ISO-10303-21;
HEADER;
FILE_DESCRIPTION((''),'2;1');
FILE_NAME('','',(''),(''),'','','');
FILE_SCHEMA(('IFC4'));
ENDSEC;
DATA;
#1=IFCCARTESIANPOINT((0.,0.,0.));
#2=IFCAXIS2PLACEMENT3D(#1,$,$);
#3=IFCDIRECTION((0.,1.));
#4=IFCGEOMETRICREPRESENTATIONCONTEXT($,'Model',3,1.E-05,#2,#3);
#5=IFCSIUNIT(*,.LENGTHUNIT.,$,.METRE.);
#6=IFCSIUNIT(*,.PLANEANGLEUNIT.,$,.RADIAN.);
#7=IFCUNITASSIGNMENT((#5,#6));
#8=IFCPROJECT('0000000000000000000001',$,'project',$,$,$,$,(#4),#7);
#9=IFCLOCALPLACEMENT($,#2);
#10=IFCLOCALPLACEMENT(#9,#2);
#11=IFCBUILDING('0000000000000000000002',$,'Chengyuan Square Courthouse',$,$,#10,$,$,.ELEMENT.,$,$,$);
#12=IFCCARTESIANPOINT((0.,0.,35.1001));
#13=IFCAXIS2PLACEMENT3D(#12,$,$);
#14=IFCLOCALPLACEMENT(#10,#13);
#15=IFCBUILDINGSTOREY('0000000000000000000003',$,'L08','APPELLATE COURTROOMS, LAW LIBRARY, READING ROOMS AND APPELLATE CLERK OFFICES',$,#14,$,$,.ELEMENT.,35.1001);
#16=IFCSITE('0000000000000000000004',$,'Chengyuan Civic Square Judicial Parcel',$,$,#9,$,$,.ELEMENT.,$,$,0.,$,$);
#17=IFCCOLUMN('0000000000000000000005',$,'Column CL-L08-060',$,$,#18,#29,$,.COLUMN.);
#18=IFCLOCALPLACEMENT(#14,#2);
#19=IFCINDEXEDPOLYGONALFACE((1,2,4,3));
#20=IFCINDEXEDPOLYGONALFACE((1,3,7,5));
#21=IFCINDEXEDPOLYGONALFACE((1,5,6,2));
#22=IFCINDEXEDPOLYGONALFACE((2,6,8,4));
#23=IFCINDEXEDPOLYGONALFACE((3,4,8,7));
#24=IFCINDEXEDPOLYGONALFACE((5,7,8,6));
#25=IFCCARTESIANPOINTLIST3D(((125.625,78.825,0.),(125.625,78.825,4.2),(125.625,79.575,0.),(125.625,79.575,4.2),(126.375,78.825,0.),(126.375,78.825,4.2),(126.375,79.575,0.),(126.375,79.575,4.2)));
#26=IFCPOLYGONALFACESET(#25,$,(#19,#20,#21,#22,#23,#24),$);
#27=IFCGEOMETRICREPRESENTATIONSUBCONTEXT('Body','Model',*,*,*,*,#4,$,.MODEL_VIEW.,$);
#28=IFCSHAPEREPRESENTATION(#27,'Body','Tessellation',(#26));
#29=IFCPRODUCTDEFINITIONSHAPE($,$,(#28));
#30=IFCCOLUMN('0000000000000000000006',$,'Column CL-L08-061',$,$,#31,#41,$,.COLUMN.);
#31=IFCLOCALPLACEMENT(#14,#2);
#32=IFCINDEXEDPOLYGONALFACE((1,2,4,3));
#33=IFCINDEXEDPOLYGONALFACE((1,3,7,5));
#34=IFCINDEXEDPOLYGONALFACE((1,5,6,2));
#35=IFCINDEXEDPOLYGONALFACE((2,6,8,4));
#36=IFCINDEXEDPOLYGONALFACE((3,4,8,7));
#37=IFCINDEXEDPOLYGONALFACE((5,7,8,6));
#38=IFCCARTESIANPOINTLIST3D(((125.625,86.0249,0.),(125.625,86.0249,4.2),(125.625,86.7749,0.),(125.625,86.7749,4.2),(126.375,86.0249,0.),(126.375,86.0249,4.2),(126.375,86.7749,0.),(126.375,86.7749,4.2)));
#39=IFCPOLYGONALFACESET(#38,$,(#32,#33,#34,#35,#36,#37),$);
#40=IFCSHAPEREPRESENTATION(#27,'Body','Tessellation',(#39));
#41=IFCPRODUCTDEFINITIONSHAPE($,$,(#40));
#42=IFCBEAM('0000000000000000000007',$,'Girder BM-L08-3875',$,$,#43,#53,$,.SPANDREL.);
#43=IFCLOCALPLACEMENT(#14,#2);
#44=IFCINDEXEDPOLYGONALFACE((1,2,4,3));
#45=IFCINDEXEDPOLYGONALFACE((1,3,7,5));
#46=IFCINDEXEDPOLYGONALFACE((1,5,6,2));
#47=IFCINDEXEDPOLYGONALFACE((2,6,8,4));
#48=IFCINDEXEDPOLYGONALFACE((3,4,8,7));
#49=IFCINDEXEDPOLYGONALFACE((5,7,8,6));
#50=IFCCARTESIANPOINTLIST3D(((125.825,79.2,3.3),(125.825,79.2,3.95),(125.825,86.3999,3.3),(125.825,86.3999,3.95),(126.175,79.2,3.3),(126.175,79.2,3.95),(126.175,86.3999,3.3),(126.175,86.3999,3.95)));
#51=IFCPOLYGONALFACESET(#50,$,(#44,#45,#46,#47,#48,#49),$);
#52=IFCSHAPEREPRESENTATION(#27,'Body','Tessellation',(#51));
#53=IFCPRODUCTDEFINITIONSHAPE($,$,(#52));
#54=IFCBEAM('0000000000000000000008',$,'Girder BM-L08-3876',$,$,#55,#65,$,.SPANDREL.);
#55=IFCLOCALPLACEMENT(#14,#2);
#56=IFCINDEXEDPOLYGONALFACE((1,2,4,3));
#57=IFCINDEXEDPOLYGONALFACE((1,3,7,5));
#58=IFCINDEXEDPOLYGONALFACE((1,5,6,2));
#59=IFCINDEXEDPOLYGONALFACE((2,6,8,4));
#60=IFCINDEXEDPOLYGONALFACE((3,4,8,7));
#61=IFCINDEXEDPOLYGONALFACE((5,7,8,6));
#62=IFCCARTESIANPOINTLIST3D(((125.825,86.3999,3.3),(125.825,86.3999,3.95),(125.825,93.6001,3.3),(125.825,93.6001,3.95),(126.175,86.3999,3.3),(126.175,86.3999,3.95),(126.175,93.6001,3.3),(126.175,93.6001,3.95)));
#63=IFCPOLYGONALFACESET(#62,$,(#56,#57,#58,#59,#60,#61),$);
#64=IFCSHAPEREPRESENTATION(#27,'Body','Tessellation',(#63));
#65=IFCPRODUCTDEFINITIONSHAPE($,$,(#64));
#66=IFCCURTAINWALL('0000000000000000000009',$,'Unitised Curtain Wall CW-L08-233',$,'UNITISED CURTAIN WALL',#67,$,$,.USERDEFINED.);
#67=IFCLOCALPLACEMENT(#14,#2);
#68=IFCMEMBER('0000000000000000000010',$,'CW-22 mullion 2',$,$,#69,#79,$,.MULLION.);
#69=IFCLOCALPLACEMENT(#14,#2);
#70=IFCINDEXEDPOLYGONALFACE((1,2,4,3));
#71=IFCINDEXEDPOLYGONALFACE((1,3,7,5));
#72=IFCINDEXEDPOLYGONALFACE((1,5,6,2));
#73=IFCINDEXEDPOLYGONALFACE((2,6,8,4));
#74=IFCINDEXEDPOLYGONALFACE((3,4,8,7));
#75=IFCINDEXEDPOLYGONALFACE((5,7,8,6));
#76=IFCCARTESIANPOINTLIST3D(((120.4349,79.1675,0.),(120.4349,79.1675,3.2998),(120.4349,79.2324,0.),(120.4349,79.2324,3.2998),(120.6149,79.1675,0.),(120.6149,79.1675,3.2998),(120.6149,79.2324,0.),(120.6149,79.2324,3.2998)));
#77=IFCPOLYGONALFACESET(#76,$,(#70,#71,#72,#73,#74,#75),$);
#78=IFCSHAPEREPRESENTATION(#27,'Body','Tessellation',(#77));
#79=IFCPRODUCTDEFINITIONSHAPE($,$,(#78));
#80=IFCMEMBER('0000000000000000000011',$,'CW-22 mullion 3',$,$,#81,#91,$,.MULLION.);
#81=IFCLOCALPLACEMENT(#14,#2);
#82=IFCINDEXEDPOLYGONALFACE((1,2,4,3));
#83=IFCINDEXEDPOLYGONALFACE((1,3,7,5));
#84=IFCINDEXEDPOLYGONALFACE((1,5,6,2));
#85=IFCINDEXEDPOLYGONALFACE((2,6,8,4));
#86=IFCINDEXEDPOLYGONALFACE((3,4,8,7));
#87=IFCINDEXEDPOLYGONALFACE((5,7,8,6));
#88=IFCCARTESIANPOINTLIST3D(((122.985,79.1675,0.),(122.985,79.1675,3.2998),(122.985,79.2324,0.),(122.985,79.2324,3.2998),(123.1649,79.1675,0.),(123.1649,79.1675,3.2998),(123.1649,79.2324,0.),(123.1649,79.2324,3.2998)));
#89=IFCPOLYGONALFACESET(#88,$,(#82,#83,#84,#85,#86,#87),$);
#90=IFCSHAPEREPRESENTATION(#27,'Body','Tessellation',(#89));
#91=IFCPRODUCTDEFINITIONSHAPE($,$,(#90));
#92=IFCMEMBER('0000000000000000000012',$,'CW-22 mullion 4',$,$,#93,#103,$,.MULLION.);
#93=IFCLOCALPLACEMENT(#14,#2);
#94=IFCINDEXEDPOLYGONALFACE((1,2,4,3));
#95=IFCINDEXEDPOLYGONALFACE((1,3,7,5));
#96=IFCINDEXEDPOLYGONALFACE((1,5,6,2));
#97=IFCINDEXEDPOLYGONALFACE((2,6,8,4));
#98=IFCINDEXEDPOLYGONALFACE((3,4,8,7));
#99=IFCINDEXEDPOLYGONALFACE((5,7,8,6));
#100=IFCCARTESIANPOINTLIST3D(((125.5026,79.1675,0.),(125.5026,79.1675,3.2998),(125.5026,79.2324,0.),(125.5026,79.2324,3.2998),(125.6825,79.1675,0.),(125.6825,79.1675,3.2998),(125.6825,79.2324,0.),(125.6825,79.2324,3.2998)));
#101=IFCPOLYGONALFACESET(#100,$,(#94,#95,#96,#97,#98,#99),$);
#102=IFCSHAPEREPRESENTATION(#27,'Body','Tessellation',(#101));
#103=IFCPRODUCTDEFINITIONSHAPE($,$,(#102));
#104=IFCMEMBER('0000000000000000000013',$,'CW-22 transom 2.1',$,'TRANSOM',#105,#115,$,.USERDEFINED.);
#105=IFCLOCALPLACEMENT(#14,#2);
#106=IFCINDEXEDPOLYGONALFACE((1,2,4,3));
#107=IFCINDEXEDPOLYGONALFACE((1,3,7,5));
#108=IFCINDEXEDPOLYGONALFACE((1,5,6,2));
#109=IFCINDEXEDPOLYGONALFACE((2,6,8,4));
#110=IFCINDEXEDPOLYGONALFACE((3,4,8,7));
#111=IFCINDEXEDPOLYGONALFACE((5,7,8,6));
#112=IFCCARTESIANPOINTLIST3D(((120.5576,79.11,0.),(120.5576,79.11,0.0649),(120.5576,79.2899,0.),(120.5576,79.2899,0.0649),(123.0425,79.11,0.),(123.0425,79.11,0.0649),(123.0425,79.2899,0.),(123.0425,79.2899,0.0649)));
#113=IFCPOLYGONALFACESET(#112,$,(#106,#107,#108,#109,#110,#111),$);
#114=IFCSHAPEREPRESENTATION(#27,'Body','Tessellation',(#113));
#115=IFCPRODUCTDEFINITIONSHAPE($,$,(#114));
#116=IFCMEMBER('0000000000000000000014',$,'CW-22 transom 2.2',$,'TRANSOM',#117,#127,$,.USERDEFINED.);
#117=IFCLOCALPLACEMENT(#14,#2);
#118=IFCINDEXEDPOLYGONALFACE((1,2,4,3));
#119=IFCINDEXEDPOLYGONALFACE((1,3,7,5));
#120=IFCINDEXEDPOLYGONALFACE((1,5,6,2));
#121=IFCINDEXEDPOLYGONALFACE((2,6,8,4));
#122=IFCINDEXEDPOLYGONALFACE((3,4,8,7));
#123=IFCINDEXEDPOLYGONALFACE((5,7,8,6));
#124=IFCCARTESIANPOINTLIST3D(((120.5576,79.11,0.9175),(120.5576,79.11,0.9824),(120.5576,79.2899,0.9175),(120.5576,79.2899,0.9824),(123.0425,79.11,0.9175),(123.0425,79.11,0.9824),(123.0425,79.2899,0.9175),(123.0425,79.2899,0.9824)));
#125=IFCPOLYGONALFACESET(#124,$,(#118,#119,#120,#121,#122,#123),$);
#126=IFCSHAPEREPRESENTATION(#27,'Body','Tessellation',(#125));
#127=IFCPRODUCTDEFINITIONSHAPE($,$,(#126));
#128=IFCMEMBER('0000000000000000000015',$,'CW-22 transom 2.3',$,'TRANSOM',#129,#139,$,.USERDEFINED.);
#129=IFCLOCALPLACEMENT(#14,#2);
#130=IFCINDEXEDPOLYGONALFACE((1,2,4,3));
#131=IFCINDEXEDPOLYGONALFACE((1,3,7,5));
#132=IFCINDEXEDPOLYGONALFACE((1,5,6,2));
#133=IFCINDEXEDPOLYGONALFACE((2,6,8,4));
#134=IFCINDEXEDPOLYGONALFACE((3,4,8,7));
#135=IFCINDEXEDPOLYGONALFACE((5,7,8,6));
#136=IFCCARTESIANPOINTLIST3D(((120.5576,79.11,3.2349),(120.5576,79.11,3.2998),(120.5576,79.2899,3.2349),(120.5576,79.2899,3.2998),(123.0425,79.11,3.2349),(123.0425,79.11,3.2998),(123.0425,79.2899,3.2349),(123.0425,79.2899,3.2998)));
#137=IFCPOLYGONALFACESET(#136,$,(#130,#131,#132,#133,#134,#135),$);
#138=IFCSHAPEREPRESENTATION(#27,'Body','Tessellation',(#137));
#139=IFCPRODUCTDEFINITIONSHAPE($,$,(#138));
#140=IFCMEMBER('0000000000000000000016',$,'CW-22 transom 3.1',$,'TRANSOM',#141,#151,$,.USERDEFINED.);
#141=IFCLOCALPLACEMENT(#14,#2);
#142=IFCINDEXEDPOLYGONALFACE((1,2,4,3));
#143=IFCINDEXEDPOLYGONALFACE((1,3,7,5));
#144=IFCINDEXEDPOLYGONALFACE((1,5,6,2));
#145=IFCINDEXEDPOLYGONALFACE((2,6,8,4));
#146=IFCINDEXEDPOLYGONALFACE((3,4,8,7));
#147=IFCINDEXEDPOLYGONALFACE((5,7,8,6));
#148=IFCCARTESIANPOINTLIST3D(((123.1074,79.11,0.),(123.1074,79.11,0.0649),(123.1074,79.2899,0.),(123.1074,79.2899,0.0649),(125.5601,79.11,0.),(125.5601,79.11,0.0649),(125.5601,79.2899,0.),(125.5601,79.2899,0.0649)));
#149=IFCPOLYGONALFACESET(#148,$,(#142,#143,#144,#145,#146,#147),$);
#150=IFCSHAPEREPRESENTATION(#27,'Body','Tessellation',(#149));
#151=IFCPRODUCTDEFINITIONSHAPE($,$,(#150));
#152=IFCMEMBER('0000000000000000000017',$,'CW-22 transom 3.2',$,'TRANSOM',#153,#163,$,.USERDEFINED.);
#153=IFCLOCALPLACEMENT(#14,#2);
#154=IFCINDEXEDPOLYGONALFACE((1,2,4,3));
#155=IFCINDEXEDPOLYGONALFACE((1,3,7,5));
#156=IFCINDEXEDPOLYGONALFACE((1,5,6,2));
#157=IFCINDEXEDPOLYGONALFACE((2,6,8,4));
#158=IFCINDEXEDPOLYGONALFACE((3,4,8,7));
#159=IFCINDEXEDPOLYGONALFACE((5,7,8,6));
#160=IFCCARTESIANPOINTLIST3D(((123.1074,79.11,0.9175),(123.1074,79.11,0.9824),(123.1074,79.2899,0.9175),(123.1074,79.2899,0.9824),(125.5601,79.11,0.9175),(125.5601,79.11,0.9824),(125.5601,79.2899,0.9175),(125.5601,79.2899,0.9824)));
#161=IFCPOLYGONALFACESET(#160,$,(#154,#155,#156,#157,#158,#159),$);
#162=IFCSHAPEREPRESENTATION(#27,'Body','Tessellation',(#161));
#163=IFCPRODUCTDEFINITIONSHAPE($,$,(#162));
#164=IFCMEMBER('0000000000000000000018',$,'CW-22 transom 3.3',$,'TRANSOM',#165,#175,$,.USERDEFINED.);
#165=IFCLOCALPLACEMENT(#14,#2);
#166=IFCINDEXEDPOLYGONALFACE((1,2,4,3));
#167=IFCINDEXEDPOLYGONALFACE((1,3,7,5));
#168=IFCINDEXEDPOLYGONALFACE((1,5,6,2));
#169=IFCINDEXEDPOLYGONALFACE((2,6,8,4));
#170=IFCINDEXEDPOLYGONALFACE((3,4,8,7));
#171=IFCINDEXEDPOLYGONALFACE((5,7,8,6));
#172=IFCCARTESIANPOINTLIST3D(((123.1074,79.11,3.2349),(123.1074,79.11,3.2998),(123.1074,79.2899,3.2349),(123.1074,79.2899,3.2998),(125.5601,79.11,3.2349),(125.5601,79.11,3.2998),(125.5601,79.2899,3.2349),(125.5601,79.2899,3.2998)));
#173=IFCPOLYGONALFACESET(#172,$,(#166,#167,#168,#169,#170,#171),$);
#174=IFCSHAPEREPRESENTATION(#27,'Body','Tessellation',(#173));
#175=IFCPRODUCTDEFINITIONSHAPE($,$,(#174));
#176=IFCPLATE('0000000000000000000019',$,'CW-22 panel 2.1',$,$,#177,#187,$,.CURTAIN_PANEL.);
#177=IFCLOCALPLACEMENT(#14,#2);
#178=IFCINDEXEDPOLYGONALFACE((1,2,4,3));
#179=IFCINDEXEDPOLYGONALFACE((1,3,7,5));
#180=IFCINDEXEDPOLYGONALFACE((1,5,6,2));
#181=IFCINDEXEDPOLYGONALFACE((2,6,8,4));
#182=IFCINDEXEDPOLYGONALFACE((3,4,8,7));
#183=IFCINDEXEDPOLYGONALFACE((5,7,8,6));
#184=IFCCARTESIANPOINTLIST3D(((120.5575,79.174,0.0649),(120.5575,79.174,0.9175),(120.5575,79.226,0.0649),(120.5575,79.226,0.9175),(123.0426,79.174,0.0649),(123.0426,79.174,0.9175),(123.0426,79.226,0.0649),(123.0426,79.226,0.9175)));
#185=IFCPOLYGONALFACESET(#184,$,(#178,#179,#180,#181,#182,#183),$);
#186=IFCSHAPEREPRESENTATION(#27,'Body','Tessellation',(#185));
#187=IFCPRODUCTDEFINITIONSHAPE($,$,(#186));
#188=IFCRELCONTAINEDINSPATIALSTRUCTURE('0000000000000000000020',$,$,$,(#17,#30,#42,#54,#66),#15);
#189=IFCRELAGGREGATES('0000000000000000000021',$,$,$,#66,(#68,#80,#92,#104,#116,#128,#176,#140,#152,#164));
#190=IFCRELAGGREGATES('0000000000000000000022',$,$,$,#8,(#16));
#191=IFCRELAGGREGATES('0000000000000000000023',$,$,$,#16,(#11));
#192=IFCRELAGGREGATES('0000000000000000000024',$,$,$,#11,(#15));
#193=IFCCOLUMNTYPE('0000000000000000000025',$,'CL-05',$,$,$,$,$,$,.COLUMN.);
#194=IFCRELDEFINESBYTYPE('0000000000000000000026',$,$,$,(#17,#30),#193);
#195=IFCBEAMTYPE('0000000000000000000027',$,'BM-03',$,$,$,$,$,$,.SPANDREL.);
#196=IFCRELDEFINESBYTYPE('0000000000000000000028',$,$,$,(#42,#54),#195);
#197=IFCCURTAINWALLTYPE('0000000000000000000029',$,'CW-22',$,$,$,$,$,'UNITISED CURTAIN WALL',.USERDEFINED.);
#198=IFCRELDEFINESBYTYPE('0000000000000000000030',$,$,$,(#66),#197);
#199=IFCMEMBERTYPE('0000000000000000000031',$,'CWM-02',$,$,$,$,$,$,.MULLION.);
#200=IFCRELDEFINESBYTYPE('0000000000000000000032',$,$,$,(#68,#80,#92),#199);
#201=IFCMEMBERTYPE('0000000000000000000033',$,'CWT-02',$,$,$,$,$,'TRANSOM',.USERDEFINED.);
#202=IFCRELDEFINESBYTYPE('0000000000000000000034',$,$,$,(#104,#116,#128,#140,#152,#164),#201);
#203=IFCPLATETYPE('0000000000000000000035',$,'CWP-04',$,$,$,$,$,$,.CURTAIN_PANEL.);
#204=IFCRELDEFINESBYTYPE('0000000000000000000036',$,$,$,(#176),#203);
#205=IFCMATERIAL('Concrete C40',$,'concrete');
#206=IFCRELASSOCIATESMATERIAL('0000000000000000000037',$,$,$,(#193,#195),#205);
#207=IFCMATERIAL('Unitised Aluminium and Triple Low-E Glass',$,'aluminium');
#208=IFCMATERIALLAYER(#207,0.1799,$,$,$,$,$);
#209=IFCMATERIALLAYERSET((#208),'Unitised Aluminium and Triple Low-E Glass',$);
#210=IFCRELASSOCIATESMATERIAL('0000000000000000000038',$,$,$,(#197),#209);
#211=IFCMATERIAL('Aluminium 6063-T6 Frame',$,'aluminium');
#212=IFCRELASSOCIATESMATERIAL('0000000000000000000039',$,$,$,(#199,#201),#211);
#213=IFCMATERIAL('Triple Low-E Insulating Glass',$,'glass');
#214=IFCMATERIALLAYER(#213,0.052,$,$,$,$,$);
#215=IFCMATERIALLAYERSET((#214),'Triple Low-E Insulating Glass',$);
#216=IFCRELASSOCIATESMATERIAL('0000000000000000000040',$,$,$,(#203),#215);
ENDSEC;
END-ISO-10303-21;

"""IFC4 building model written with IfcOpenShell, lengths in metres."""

from ifc_helpers import new_model, si_unit, direction, frame, origin, origin_2d, place, context, subcontext, project, spatial, rectangle, extrude, material, layer, layer_set, material_profile, profile_set, type_object, element, aggregate, save


model = new_model("IFC4")

# Units and contexts
model_context = context("Model", 3, precision=1e-05, world=origin(), true_north=direction((0.0, 1.0)))
body_context = subcontext(model_context, "Body", "Model", "MODEL_VIEW")
ifc_project = project(units=[si_unit("LENGTHUNIT", "METRE"), si_unit("PLANEANGLEUNIT", "RADIAN")], contexts=[model_context])

# Site, building, storey
site_placement = place(None, origin())
site = spatial("IfcSite", under=ifc_project, at=site_placement, Name="Chengyuan Civic Square Judicial Parcel", CompositionType="ELEMENT", RefElevation=0.0)
building_placement = place(site_placement, origin())
building = spatial("IfcBuilding", under=site, at=building_placement, Name="Chengyuan Square Courthouse", CompositionType="ELEMENT")
storey_placement = place(building_placement, frame((0.0, 0.0, 35.1001)))
storey = spatial("IfcBuildingStorey", under=building, at=storey_placement, Name="L08", Description="APPELLATE COURTROOMS, LAW LIBRARY, READING ROOMS AND APPELLATE CLERK OFFICES", CompositionType="ELEMENT", Elevation=35.1001)

# Columns
ifc_material_1 = material(Name="Concrete C40", Category="concrete")
ifc_material_profile_1 = material_profile(ifc_material_1, rectangle(XDim=0.75, YDim=0.75, at=origin_2d()), Name="RC-COL-750x750")
ifc_profile_set_1 = profile_set([ifc_material_profile_1], Name="Concrete C40")
column_type = type_object("IfcColumnType", Name="CL-05", PredefinedType="COLUMN", material=ifc_profile_set_1)
for number, where, z_axis, x_axis, name in (
    (1, (126.0, 79.2, 0.0), (0.0, 0.0, 1.0), (1.0, 0.0, 0.0), "Column CL-L08-060"),
    (2, (126.0, 86.3999, 0.0), (0.0, 0.0, 1.0), (1.0, 0.0, 0.0), "Column CL-L08-061"),
):
    element("IfcColumn", number, at=place(storey_placement, frame(where, z_axis=z_axis, x_axis=x_axis)), inside=storey, type_object=column_type, Name=name, PredefinedType="COLUMN", context=body_context, shape_type="SweptSolid", body=[
        extrude(rectangle(XDim=0.75, YDim=0.75, at=origin_2d()), origin(), (0.0, 0.0, 1.0), 4.2),
    ])

# Beams
ifc_material_profile_2 = material_profile(ifc_material_1, rectangle(XDim=0.3501, YDim=0.6499, at=origin_2d()), Name="RC-BM-350x650")
ifc_profile_set_2 = profile_set([ifc_material_profile_2], Name="Concrete C40")
beam_type = type_object("IfcBeamType", Name="BM-03", PredefinedType="SPANDREL", material=ifc_profile_set_2)
beam_1_placement = place(storey_placement, frame((126.0, 79.2, 3.625), z_axis=(0.0, 1.0, 0.0), x_axis=(-1.0, 0.0, 0.0)))
element("IfcBeam", 3, at=beam_1_placement, inside=storey, type_object=beam_type, Name="Girder BM-L08-3875", PredefinedType="SPANDREL", context=body_context, shape_type="SweptSolid", body=[
    extrude(rectangle(XDim=0.3501, YDim=0.6499, at=origin_2d()), origin(), (0.0, 0.0, 1.0), 7.2),
])
beam_2_placement = place(storey_placement, frame((126.0, 86.3999, 3.625), z_axis=(0.0, 1.0, 0.0), x_axis=(-1.0, 0.0, 0.0)))
element("IfcBeam", 4, at=beam_2_placement, inside=storey, type_object=beam_type, Name="Girder BM-L08-3876", PredefinedType="SPANDREL", context=body_context, shape_type="SweptSolid", body=[
    extrude(rectangle(XDim=0.3501, YDim=0.6499, at=origin_2d()), origin(), (0.0, 0.0, 1.0), 7.2002),
])

# Curtain wall, members, plate
ifc_material_2 = material(Name="Unitised Aluminium and Triple Low-E Glass", Category="aluminium")
ifc_layer_1 = layer(ifc_material_2, 0.1799)
ifc_layer_set_1 = layer_set([ifc_layer_1], Name="Unitised Aluminium and Triple Low-E Glass")
curtain_wall_type = type_object("IfcCurtainWallType", Name="CW-22", ElementType="UNITISED CURTAIN WALL", PredefinedType="USERDEFINED", material=ifc_layer_set_1)
curtain_wall_placement = place(storey_placement, origin())
curtain_wall = element("IfcCurtainWall", 5, at=curtain_wall_placement, inside=storey, type_object=curtain_wall_type, Name="Unitised Curtain Wall CW-L08-233", ObjectType="UNITISED CURTAIN WALL", PredefinedType="USERDEFINED")
ifc_material_3 = material(Name="Aluminium 6063-T6 Frame", Category="aluminium")
ifc_material_profile_3 = material_profile(ifc_material_3, rectangle(XDim=0.0649, YDim=0.1799, at=origin_2d()), Name="CW-MUL-65x180")
ifc_profile_set_3 = profile_set([ifc_material_profile_3], Name="Aluminium 6063-T6 Frame")
member_type_1 = type_object("IfcMemberType", Name="CWM-02", PredefinedType="MULLION", material=ifc_profile_set_3)
member_1_placement = place(storey_placement, frame((120.5249, 79.2, 0.0), z_axis=(0.0, 0.0, 1.0), x_axis=(0.0, 1.0, 0.0)))
member_1 = element("IfcMember", 6, at=member_1_placement, type_object=member_type_1, Name="CW-22 mullion 2", PredefinedType="MULLION", context=body_context, shape_type="SweptSolid", body=[
    extrude(rectangle(XDim=0.0649, YDim=0.1799, at=origin_2d()), origin(), (0.0, 0.0, 1.0), 3.2998),
])
member_2_placement = place(storey_placement, frame((123.075, 79.2, 0.0), z_axis=(0.0, 0.0, 1.0), x_axis=(0.0, 1.0, 0.0)))
member_2 = element("IfcMember", 7, at=member_2_placement, type_object=member_type_1, Name="CW-22 mullion 3", PredefinedType="MULLION", context=body_context, shape_type="SweptSolid", body=[
    extrude(rectangle(XDim=0.0649, YDim=0.1799, at=origin_2d()), origin(), (0.0, 0.0, 1.0), 3.2998),
])
member_3_placement = place(storey_placement, frame((125.5925, 79.2, 0.0), z_axis=(0.0, 0.0, 1.0), x_axis=(0.0, 1.0, 0.0)))
member_3 = element("IfcMember", 8, at=member_3_placement, type_object=member_type_1, Name="CW-22 mullion 4", PredefinedType="MULLION", context=body_context, shape_type="SweptSolid", body=[
    extrude(rectangle(XDim=0.0649, YDim=0.1799, at=origin_2d()), origin(), (0.0, 0.0, 1.0), 3.2998),
])
ifc_material_profile_4 = material_profile(ifc_material_3, rectangle(XDim=0.1799, YDim=0.0649, at=origin_2d()), Name="CW-TRN-65x140")
ifc_profile_set_4 = profile_set([ifc_material_profile_4], Name="Aluminium 6063-T6 Frame")
member_type_2 = type_object("IfcMemberType", Name="CWT-02", ElementType="TRANSOM", PredefinedType="USERDEFINED", material=ifc_profile_set_4)
member_4_placement = place(storey_placement, frame((120.5576, 79.2, 0.0325), z_axis=(1.0, 0.0, 0.0), x_axis=(0.0, 1.0, 0.0)))
member_4 = element("IfcMember", 9, at=member_4_placement, type_object=member_type_2, Name="CW-22 transom 2.1", ObjectType="TRANSOM", PredefinedType="USERDEFINED", context=body_context, shape_type="SweptSolid", body=[
    extrude(rectangle(XDim=0.1799, YDim=0.0649, at=origin_2d()), origin(), (0.0, 0.0, 1.0), 2.4849),
])
member_5_placement = place(storey_placement, frame((120.5576, 79.2, 0.95), z_axis=(1.0, 0.0, 0.0), x_axis=(0.0, 1.0, 0.0)))
member_5 = element("IfcMember", 10, at=member_5_placement, type_object=member_type_2, Name="CW-22 transom 2.2", ObjectType="TRANSOM", PredefinedType="USERDEFINED", context=body_context, shape_type="SweptSolid", body=[
    extrude(rectangle(XDim=0.1799, YDim=0.0649, at=origin_2d()), origin(), (0.0, 0.0, 1.0), 2.4849),
])
member_6_placement = place(storey_placement, frame((120.5576, 79.2, 3.2673), z_axis=(1.0, 0.0, 0.0), x_axis=(0.0, 1.0, 0.0)))
member_6 = element("IfcMember", 11, at=member_6_placement, type_object=member_type_2, Name="CW-22 transom 2.3", ObjectType="TRANSOM", PredefinedType="USERDEFINED", context=body_context, shape_type="SweptSolid", body=[
    extrude(rectangle(XDim=0.1799, YDim=0.0649, at=origin_2d()), origin(), (0.0, 0.0, 1.0), 2.4849),
])
member_7_placement = place(storey_placement, frame((123.1074, 79.2, 0.0325), z_axis=(1.0, 0.0, 0.0), x_axis=(0.0, 1.0, 0.0)))
member_7 = element("IfcMember", 12, at=member_7_placement, type_object=member_type_2, Name="CW-22 transom 3.1", ObjectType="TRANSOM", PredefinedType="USERDEFINED", context=body_context, shape_type="SweptSolid", body=[
    extrude(rectangle(XDim=0.1799, YDim=0.0649, at=origin_2d()), origin(), (0.0, 0.0, 1.0), 2.4526),
])
member_8_placement = place(storey_placement, frame((123.1074, 79.2, 0.95), z_axis=(1.0, 0.0, 0.0), x_axis=(0.0, 1.0, 0.0)))
member_8 = element("IfcMember", 13, at=member_8_placement, type_object=member_type_2, Name="CW-22 transom 3.2", ObjectType="TRANSOM", PredefinedType="USERDEFINED", context=body_context, shape_type="SweptSolid", body=[
    extrude(rectangle(XDim=0.1799, YDim=0.0649, at=origin_2d()), origin(), (0.0, 0.0, 1.0), 2.4526),
])
member_9_placement = place(storey_placement, frame((123.1074, 79.2, 3.2673), z_axis=(1.0, 0.0, 0.0), x_axis=(0.0, 1.0, 0.0)))
member_9 = element("IfcMember", 14, at=member_9_placement, type_object=member_type_2, Name="CW-22 transom 3.3", ObjectType="TRANSOM", PredefinedType="USERDEFINED", context=body_context, shape_type="SweptSolid", body=[
    extrude(rectangle(XDim=0.1799, YDim=0.0649, at=origin_2d()), origin(), (0.0, 0.0, 1.0), 2.4526),
])
ifc_material_4 = material(Name="Triple Low-E Insulating Glass", Category="glass")
ifc_layer_2 = layer(ifc_material_4, 0.052)
ifc_layer_set_2 = layer_set([ifc_layer_2], Name="Triple Low-E Insulating Glass")
plate_type = type_object("IfcPlateType", Name="CWP-04", PredefinedType="CURTAIN_PANEL", material=ifc_layer_set_2)
plate_1_placement = place(storey_placement, frame((121.8, 79.2, 0.0649), z_axis=(0.0, 0.0, 1.0), x_axis=(1.0, 0.0, 0.0)))
plate_1 = element("IfcPlate", 15, at=plate_1_placement, type_object=plate_type, Name="CW-22 panel 2.1", PredefinedType="CURTAIN_PANEL", context=body_context, shape_type="SweptSolid", body=[
    extrude(rectangle(XDim=2.4851, YDim=0.052, at=origin_2d()), origin(), (0.0, 0.0, 1.0), 0.8525),
])
aggregate(curtain_wall, [member_1, member_2, member_3, member_4, member_5, member_6, plate_1, member_7, member_8, member_9])

save(model, "model.ifc")
